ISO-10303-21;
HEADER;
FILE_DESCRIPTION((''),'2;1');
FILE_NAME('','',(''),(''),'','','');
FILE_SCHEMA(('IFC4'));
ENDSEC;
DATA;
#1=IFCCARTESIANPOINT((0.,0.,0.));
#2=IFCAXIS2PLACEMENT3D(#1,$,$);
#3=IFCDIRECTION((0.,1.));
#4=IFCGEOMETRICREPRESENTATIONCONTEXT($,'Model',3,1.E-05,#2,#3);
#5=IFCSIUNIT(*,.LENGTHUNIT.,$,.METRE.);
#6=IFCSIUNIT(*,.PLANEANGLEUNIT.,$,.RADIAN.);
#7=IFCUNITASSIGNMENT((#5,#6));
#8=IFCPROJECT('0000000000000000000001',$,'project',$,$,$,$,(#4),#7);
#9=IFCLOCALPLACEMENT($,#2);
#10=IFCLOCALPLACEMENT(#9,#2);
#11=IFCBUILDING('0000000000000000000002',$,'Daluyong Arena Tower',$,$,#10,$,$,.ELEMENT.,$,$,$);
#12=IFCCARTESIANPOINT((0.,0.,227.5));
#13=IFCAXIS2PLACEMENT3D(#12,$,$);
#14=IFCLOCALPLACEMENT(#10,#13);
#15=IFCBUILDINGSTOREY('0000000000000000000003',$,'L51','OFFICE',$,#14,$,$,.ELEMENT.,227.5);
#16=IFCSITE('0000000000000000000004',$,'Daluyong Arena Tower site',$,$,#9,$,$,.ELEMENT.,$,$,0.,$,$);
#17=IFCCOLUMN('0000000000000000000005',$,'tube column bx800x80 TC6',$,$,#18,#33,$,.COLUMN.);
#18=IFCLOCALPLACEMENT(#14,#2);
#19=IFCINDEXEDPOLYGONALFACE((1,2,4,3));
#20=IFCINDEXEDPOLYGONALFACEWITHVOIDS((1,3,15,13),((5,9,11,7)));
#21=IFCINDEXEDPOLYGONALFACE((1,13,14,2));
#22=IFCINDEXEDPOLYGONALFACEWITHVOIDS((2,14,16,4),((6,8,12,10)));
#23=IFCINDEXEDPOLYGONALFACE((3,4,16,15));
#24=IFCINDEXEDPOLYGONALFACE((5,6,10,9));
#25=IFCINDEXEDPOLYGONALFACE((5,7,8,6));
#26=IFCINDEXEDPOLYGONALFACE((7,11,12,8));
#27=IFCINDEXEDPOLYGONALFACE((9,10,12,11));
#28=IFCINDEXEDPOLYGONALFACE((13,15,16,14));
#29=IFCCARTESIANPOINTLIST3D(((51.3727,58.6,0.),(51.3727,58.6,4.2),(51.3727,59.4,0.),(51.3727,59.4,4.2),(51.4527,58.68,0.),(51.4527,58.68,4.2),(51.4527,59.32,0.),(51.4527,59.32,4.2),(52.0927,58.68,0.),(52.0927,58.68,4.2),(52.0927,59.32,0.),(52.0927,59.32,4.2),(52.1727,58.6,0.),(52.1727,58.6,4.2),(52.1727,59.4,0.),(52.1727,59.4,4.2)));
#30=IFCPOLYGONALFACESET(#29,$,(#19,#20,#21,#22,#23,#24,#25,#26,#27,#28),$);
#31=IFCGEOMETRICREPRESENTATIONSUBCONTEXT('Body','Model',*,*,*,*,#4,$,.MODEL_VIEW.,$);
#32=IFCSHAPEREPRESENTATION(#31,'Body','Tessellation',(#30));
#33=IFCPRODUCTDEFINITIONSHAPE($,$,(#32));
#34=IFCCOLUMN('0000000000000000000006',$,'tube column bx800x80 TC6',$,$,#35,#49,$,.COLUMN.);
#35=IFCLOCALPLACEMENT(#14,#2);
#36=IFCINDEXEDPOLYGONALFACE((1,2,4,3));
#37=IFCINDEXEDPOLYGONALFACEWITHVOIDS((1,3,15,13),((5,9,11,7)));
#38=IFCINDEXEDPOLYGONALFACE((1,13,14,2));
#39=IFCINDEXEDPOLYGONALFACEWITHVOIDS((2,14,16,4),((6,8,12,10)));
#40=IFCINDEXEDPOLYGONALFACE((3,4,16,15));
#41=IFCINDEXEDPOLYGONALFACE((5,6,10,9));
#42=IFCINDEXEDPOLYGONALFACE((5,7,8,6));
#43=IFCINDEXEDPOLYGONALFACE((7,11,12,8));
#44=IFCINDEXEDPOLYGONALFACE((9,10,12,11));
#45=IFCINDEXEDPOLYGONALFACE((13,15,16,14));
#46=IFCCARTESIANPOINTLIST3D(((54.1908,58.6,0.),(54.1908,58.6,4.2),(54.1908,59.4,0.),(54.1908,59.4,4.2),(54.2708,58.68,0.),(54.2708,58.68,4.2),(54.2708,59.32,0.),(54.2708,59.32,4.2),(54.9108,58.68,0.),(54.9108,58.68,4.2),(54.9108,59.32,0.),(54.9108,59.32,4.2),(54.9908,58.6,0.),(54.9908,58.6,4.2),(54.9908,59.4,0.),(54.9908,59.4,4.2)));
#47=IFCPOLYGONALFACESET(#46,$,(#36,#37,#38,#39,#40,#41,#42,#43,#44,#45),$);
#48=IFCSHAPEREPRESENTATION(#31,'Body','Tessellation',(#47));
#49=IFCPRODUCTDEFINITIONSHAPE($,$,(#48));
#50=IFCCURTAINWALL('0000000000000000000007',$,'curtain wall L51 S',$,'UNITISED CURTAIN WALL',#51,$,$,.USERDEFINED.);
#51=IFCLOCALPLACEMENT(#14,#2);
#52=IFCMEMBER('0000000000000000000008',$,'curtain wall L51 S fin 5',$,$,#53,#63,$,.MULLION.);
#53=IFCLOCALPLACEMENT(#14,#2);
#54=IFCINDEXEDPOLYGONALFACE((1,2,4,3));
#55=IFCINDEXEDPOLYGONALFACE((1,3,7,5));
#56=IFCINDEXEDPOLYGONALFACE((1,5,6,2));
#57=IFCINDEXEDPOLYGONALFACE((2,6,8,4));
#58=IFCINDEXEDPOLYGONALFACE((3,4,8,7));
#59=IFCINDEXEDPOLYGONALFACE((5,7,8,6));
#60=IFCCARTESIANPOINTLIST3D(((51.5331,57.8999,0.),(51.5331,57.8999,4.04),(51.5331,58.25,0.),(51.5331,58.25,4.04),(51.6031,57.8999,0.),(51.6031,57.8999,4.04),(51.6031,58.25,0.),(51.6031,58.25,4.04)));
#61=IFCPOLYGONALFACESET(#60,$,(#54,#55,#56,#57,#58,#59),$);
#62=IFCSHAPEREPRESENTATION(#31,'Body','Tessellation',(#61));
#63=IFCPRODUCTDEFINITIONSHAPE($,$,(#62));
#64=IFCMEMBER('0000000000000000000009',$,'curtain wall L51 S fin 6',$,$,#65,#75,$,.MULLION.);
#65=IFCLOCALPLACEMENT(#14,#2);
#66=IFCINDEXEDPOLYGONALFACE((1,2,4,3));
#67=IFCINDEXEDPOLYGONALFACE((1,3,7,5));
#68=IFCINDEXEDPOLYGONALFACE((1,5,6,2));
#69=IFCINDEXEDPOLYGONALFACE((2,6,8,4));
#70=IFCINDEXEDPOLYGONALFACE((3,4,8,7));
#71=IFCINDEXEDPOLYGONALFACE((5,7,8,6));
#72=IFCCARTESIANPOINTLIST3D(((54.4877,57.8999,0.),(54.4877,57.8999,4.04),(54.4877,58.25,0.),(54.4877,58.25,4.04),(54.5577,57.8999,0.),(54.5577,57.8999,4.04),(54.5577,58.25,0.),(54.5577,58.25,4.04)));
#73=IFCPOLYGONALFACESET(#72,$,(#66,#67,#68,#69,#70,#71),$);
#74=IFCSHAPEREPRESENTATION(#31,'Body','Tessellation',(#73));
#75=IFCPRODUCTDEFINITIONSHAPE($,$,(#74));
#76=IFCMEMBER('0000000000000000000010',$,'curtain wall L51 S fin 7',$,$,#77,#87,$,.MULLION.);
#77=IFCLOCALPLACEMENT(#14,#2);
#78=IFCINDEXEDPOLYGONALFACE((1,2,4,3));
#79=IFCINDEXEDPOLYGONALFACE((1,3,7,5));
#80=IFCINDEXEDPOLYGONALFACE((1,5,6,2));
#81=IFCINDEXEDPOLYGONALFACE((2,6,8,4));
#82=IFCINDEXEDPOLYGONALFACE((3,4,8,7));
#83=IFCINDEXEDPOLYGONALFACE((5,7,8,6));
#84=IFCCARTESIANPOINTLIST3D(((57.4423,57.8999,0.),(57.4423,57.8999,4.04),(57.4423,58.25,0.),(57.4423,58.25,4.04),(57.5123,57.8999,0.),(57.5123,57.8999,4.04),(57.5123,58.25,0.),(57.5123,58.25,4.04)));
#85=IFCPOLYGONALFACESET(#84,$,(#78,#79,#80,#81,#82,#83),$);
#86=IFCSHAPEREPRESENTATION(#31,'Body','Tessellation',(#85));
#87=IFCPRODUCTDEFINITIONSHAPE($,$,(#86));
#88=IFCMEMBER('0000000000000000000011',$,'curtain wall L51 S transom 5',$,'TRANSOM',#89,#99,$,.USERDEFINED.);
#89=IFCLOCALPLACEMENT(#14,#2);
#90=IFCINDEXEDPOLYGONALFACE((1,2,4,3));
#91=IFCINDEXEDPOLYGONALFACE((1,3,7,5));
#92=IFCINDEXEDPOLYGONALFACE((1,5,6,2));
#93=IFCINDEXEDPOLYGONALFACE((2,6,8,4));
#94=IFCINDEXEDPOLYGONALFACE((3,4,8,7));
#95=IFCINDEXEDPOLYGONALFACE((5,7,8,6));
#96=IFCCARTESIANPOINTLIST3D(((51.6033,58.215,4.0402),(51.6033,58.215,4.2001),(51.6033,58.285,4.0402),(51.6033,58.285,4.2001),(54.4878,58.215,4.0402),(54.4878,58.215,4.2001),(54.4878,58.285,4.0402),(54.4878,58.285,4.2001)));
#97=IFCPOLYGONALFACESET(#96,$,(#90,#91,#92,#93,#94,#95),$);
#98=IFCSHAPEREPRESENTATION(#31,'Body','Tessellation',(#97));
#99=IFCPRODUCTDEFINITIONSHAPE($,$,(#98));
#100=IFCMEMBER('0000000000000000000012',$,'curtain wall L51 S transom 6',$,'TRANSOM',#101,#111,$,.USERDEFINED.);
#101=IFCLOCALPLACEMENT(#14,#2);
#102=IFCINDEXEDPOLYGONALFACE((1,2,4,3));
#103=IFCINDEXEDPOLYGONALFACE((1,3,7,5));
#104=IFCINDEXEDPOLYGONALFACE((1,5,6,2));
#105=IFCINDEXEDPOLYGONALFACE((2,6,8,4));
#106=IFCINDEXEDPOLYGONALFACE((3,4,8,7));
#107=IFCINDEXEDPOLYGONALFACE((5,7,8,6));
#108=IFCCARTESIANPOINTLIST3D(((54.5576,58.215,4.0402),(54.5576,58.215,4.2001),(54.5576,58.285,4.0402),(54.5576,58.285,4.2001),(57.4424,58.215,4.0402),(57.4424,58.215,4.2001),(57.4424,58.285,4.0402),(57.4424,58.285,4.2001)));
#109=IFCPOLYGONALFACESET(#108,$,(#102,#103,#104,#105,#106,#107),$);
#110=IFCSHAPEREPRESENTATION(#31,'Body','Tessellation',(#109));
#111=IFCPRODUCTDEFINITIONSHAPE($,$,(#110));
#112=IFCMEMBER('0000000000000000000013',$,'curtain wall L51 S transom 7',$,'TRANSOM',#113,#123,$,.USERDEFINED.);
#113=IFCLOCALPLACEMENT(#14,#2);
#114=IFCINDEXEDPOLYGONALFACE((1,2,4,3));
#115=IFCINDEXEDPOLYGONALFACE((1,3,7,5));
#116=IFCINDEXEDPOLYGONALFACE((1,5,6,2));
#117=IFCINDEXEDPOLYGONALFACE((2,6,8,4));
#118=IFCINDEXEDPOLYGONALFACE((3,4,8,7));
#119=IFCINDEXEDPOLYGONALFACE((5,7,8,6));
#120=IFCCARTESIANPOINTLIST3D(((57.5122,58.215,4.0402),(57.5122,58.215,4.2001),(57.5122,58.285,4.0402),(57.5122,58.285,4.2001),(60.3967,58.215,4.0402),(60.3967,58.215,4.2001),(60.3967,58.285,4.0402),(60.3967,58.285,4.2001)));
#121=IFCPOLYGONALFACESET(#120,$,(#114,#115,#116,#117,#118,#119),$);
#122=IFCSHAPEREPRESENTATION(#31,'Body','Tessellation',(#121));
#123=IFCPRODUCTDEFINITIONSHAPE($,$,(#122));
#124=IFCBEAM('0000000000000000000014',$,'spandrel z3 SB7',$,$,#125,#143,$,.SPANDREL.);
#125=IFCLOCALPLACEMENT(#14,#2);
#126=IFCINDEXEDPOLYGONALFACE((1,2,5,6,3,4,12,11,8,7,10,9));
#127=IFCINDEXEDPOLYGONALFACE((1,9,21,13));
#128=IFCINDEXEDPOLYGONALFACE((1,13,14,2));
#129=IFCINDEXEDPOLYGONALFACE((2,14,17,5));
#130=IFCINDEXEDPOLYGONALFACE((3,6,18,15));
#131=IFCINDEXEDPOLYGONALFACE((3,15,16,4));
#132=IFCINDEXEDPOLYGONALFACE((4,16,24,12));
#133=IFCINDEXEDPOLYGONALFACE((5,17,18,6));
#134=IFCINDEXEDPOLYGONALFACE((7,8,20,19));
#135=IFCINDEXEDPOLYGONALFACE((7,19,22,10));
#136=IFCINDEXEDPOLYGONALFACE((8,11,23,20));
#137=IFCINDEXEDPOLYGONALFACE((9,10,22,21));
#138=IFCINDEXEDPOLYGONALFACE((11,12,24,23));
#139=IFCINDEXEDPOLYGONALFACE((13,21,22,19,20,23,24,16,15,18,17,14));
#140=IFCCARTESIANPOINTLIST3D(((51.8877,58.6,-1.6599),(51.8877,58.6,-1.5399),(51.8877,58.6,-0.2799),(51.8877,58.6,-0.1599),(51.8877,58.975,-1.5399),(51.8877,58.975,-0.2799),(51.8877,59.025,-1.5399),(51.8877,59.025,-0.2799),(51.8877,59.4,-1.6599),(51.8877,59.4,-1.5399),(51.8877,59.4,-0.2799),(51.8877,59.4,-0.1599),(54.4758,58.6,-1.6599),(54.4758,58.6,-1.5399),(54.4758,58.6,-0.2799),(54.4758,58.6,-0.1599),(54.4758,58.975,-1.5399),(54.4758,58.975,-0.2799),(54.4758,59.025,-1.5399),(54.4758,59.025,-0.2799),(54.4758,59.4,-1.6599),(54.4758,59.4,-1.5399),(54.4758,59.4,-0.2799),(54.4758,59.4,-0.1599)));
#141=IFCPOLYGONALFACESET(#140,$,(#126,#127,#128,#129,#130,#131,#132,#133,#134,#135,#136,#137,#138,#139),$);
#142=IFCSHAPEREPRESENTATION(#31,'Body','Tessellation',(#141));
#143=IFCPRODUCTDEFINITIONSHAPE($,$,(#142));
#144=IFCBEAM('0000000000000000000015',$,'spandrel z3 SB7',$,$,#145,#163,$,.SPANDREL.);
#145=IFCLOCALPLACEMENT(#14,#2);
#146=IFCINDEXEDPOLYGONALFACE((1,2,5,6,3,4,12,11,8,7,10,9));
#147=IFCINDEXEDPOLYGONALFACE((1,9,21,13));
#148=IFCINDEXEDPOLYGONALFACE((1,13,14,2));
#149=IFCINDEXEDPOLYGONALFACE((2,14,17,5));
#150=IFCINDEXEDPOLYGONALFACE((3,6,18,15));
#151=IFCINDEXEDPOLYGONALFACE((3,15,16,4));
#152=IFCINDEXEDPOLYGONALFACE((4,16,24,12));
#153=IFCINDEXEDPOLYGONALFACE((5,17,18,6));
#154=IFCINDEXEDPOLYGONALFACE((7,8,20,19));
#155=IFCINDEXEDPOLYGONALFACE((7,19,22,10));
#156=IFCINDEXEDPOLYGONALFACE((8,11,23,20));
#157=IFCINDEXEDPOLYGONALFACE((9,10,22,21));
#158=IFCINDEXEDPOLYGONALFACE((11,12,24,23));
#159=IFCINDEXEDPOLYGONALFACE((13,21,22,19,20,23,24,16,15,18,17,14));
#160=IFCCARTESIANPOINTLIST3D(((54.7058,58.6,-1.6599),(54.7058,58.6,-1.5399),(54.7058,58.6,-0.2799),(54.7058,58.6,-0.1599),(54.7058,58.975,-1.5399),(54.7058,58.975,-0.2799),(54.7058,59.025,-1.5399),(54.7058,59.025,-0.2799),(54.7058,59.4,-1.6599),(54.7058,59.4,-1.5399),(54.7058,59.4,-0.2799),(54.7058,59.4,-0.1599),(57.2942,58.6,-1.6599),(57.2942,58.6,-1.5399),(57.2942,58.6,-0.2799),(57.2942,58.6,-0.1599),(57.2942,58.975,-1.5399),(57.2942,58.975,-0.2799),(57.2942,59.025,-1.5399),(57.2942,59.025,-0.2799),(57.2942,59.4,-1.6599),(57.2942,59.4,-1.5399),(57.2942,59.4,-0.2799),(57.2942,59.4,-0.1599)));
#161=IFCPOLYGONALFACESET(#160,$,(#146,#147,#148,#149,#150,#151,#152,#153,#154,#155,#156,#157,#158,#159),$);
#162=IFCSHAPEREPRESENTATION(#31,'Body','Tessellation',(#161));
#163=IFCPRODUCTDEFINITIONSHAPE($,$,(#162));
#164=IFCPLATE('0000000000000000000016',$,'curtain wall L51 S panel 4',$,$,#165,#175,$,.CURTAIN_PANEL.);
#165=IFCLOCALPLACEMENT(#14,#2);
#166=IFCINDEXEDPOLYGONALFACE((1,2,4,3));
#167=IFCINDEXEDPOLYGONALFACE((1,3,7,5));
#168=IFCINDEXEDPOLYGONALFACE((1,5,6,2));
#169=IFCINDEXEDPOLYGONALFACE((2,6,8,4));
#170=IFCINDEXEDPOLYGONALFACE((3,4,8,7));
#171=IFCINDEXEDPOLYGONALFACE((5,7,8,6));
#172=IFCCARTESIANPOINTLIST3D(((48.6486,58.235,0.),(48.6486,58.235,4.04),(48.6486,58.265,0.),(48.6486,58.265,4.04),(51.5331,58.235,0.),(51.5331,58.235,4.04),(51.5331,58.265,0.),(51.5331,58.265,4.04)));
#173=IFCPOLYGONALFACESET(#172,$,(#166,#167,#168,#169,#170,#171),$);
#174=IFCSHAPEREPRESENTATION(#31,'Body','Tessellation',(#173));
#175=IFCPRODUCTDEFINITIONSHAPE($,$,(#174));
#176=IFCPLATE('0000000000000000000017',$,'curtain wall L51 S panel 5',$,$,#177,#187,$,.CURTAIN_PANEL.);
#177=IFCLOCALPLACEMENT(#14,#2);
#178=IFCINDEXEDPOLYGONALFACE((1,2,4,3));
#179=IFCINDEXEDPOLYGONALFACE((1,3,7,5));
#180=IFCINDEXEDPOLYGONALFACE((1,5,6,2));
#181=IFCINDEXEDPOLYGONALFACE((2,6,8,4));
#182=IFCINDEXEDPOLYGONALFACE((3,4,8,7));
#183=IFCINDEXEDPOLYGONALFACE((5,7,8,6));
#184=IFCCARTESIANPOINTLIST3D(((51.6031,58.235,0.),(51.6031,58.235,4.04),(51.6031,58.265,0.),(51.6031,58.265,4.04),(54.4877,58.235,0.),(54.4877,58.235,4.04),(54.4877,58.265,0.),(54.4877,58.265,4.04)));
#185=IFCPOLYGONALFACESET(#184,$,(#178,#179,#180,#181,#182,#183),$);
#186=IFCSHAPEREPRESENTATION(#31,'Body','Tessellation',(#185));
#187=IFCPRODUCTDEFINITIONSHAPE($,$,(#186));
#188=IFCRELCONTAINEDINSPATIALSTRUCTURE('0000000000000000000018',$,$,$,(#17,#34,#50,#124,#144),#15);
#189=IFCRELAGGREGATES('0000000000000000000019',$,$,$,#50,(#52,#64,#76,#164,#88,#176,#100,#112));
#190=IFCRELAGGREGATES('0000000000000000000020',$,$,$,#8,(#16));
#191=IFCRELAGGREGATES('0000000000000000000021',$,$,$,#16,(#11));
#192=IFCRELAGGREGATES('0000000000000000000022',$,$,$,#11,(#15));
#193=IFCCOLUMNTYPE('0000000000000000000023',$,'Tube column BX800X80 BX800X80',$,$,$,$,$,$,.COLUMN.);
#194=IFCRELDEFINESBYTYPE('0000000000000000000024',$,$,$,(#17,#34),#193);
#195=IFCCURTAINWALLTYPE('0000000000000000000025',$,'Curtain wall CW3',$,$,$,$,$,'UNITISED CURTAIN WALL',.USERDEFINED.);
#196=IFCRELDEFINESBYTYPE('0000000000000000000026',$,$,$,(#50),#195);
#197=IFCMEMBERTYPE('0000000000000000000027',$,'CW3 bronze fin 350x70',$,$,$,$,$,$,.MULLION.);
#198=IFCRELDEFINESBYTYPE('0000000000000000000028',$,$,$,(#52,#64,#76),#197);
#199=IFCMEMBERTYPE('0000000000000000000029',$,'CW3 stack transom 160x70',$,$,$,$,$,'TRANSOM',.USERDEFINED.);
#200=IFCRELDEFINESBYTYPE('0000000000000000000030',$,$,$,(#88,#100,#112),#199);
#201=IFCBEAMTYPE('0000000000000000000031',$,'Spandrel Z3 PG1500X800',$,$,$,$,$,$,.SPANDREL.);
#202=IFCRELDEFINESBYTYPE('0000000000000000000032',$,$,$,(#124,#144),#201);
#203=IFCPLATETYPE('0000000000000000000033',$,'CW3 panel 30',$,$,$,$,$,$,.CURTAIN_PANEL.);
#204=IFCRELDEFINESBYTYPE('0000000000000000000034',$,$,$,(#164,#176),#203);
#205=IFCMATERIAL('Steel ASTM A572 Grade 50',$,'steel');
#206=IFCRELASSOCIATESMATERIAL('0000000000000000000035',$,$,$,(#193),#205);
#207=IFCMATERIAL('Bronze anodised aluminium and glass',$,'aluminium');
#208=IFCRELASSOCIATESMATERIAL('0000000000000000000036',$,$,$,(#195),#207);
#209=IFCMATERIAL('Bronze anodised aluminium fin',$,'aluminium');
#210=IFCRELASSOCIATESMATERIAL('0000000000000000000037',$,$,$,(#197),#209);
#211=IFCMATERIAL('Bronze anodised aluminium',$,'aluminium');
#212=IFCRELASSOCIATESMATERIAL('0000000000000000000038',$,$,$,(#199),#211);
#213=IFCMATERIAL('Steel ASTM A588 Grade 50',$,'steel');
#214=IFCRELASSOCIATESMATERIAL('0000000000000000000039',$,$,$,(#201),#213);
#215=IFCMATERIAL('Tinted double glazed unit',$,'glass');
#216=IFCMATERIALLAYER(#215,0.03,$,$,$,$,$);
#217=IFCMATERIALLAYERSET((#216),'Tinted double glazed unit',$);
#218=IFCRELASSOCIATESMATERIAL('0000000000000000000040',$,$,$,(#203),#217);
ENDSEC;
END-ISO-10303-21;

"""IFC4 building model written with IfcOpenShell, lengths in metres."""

from ifc_helpers import new_model, si_unit, direction, frame, origin, origin_2d, place, context, subcontext, project, spatial, rectangle, hollow_rectangle, i_section, extrude, material, layer, layer_set, material_profile, profile_set, type_object, element, aggregate, save


model = new_model("IFC4")

# Units and contexts
model_context = context("Model", 3, precision=1e-05, world=origin(), true_north=direction((0.0, 1.0)))
body_context = subcontext(model_context, "Body", "Model", "MODEL_VIEW")
ifc_project = project(units=[si_unit("LENGTHUNIT", "METRE"), si_unit("PLANEANGLEUNIT", "RADIAN")], contexts=[model_context])

# Site, building, storey
site_placement = place(None, origin())
site = spatial("IfcSite", under=ifc_project, at=site_placement, Name="Daluyong Arena Tower site", CompositionType="ELEMENT", RefElevation=0.0)
building_placement = place(site_placement, origin())
building = spatial("IfcBuilding", under=site, at=building_placement, Name="Daluyong Arena Tower", CompositionType="ELEMENT")
storey_placement = place(building_placement, frame((0.0, 0.0, 227.5)))
storey = spatial("IfcBuildingStorey", under=building, at=storey_placement, Name="L51", Description="OFFICE", CompositionType="ELEMENT", Elevation=227.5)

# Columns
ifc_material_1 = material(Name="Steel ASTM A572 Grade 50", Category="steel")
ifc_material_profile_1 = material_profile(ifc_material_1, hollow_rectangle(XDim=0.8, YDim=0.8, WallThickness=0.08, at=origin_2d()))
ifc_profile_set_1 = profile_set([ifc_material_profile_1], Name="Steel ASTM A572 Grade 50")
column_type = type_object("IfcColumnType", Name="Tube column BX800X80 BX800X80", PredefinedType="COLUMN", material=ifc_profile_set_1)
for number, where, z_axis, x_axis, name in (
    (1, (51.7727, 59.0, 0.0), (0.0, 0.0, 1.0), (1.0, 0.0, 0.0), "tube column bx800x80 TC6"),
    (2, (54.5908, 59.0, 0.0), (0.0, 0.0, 1.0), (1.0, 0.0, 0.0), "tube column bx800x80 TC6"),
):
    element("IfcColumn", number, at=place(storey_placement, frame(where, z_axis=z_axis, x_axis=x_axis)), inside=storey, type_object=column_type, Name=name, PredefinedType="COLUMN", context=body_context, shape_type="SweptSolid", body=[
        extrude(hollow_rectangle(XDim=0.8, YDim=0.8, WallThickness=0.08, at=origin_2d()), origin(), (0.0, 0.0, 1.0), 4.2),
    ])

# Curtain wall, members
ifc_material_2 = material(Name="Bronze anodised aluminium and glass", Category="aluminium")
curtain_wall_type = type_object("IfcCurtainWallType", Name="Curtain wall CW3", ElementType="UNITISED CURTAIN WALL", PredefinedType="USERDEFINED", material=ifc_material_2)
curtain_wall_placement = place(storey_placement, origin())
curtain_wall = element("IfcCurtainWall", 3, at=curtain_wall_placement, inside=storey, type_object=curtain_wall_type, Name="curtain wall L51 S", ObjectType="UNITISED CURTAIN WALL", PredefinedType="USERDEFINED")
ifc_material_3 = material(Name="Bronze anodised aluminium fin", Category="aluminium")
ifc_material_profile_2 = material_profile(ifc_material_3, rectangle(XDim=0.3501, YDim=0.0701, at=origin_2d()))
ifc_profile_set_2 = profile_set([ifc_material_profile_2], Name="Bronze anodised aluminium fin")
member_type_1 = type_object("IfcMemberType", Name="CW3 bronze fin 350x70", PredefinedType="MULLION", material=ifc_profile_set_2)
member_1_placement = place(storey_placement, frame((51.5681, 58.075, 0.0), z_axis=(0.0, 0.0, 1.0), x_axis=(0.0, 1.0, 0.0)))
member_1 = element("IfcMember", 4, at=member_1_placement, type_object=member_type_1, Name="curtain wall L51 S fin 5", PredefinedType="MULLION", context=body_context, shape_type="SweptSolid", body=[
    extrude(rectangle(XDim=0.3501, YDim=0.0701, at=origin_2d()), origin(), (0.0, 0.0, 1.0), 4.04),
])
member_2_placement = place(storey_placement, frame((54.5227, 58.075, 0.0), z_axis=(0.0, 0.0, 1.0), x_axis=(0.0, 1.0, 0.0)))
member_2 = element("IfcMember", 5, at=member_2_placement, type_object=member_type_1, Name="curtain wall L51 S fin 6", PredefinedType="MULLION", context=body_context, shape_type="SweptSolid", body=[
    extrude(rectangle(XDim=0.3501, YDim=0.0701, at=origin_2d()), origin(), (0.0, 0.0, 1.0), 4.04),
])
member_3_placement = place(storey_placement, frame((57.4773, 58.075, 0.0), z_axis=(0.0, 0.0, 1.0), x_axis=(0.0, 1.0, 0.0)))
member_3 = element("IfcMember", 6, at=member_3_placement, type_object=member_type_1, Name="curtain wall L51 S fin 7", PredefinedType="MULLION", context=body_context, shape_type="SweptSolid", body=[
    extrude(rectangle(XDim=0.3501, YDim=0.0701, at=origin_2d()), origin(), (0.0, 0.0, 1.0), 4.04),
])
ifc_material_4 = material(Name="Bronze anodised aluminium", Category="aluminium")
ifc_material_profile_3 = material_profile(ifc_material_4, rectangle(XDim=0.0701, YDim=0.1599, at=origin_2d()))
ifc_profile_set_3 = profile_set([ifc_material_profile_3], Name="Bronze anodised aluminium")
member_type_2 = type_object("IfcMemberType", Name="CW3 stack transom 160x70", ElementType="TRANSOM", PredefinedType="USERDEFINED", material=ifc_profile_set_3)
member_4_placement = place(storey_placement, frame((51.6033, 58.25, 4.1201), z_axis=(1.0, 0.0, 0.0), x_axis=(0.0, 1.0, 0.0)))
member_4 = element("IfcMember", 7, at=member_4_placement, type_object=member_type_2, Name="curtain wall L51 S transom 5", ObjectType="TRANSOM", PredefinedType="USERDEFINED", context=body_context, shape_type="SweptSolid", body=[
    extrude(rectangle(XDim=0.0701, YDim=0.1599, at=origin_2d()), origin(), (0.0, 0.0, 1.0), 2.8845),
])
member_5_placement = place(storey_placement, frame((54.5576, 58.25, 4.1201), z_axis=(1.0, 0.0, 0.0), x_axis=(0.0, 1.0, 0.0)))
member_5 = element("IfcMember", 8, at=member_5_placement, type_object=member_type_2, Name="curtain wall L51 S transom 6", ObjectType="TRANSOM", PredefinedType="USERDEFINED", context=body_context, shape_type="SweptSolid", body=[
    extrude(rectangle(XDim=0.0701, YDim=0.1599, at=origin_2d()), origin(), (0.0, 0.0, 1.0), 2.8848),
])
member_6_placement = place(storey_placement, frame((57.5122, 58.25, 4.1201), z_axis=(1.0, 0.0, 0.0), x_axis=(0.0, 1.0, 0.0)))
member_6 = element("IfcMember", 9, at=member_6_placement, type_object=member_type_2, Name="curtain wall L51 S transom 7", ObjectType="TRANSOM", PredefinedType="USERDEFINED", context=body_context, shape_type="SweptSolid", body=[
    extrude(rectangle(XDim=0.0701, YDim=0.1599, at=origin_2d()), origin(), (0.0, 0.0, 1.0), 2.8845),
])

# Beams
ifc_material_5 = material(Name="Steel ASTM A588 Grade 50", Category="steel")
ifc_material_profile_4 = material_profile(ifc_material_5, i_section(OverallWidth=0.8, OverallDepth=1.5, WebThickness=0.05, FlangeThickness=0.12, at=origin_2d()))
ifc_profile_set_4 = profile_set([ifc_material_profile_4], Name="Steel ASTM A588 Grade 50")
beam_type = type_object("IfcBeamType", Name="Spandrel Z3 PG1500X800", PredefinedType="SPANDREL", material=ifc_profile_set_4)
beam_1_placement = place(storey_placement, frame((51.8877, 59.0, -0.9099), z_axis=(1.0, 0.0, 0.0), x_axis=(0.0, 1.0, 0.0)))
element("IfcBeam", 10, at=beam_1_placement, inside=storey, type_object=beam_type, Name="spandrel z3 SB7", PredefinedType="SPANDREL", context=body_context, shape_type="SweptSolid", body=[
    extrude(i_section(OverallWidth=0.8, OverallDepth=1.5, WebThickness=0.05, FlangeThickness=0.12, at=origin_2d()), origin(), (0.0, 0.0, 1.0), 2.5881),
])
beam_2_placement = place(storey_placement, frame((54.7058, 59.0, -0.9099), z_axis=(1.0, 0.0, 0.0), x_axis=(0.0, 1.0, 0.0)))
element("IfcBeam", 11, at=beam_2_placement, inside=storey, type_object=beam_type, Name="spandrel z3 SB7", PredefinedType="SPANDREL", context=body_context, shape_type="SweptSolid", body=[
    extrude(i_section(OverallWidth=0.8, OverallDepth=1.5, WebThickness=0.05, FlangeThickness=0.12, at=origin_2d()), origin(), (0.0, 0.0, 1.0), 2.5884),
])

# Plates
ifc_material_6 = material(Name="Tinted double glazed unit", Category="glass")
ifc_layer = layer(ifc_material_6, 0.03)
ifc_layer_set = layer_set([ifc_layer], Name="Tinted double glazed unit")
plate_type = type_object("IfcPlateType", Name="CW3 panel 30", PredefinedType="CURTAIN_PANEL", material=ifc_layer_set)
plate_1_placement = place(storey_placement, frame((50.0908, 58.25, 0.0), z_axis=(0.0, 0.0, 1.0), x_axis=(1.0, 0.0, 0.0)))
plate_1 = element("IfcPlate", 12, at=plate_1_placement, type_object=plate_type, Name="curtain wall L51 S panel 4", PredefinedType="CURTAIN_PANEL", context=body_context, shape_type="SweptSolid", body=[
    extrude(rectangle(XDim=2.8845, YDim=0.03, at=origin_2d()), origin(), (0.0, 0.0, 1.0), 4.04),
])
plate_2_placement = place(storey_placement, frame((53.0454, 58.25, 0.0), z_axis=(0.0, 0.0, 1.0), x_axis=(1.0, 0.0, 0.0)))
plate_2 = element("IfcPlate", 13, at=plate_2_placement, type_object=plate_type, Name="curtain wall L51 S panel 5", PredefinedType="CURTAIN_PANEL", context=body_context, shape_type="SweptSolid", body=[
    extrude(rectangle(XDim=2.8845, YDim=0.03, at=origin_2d()), origin(), (0.0, 0.0, 1.0), 4.04),
])
aggregate(curtain_wall, [member_1, member_2, member_3, plate_1, member_4, plate_2, member_5, member_6])

save(model, "model.ifc")
